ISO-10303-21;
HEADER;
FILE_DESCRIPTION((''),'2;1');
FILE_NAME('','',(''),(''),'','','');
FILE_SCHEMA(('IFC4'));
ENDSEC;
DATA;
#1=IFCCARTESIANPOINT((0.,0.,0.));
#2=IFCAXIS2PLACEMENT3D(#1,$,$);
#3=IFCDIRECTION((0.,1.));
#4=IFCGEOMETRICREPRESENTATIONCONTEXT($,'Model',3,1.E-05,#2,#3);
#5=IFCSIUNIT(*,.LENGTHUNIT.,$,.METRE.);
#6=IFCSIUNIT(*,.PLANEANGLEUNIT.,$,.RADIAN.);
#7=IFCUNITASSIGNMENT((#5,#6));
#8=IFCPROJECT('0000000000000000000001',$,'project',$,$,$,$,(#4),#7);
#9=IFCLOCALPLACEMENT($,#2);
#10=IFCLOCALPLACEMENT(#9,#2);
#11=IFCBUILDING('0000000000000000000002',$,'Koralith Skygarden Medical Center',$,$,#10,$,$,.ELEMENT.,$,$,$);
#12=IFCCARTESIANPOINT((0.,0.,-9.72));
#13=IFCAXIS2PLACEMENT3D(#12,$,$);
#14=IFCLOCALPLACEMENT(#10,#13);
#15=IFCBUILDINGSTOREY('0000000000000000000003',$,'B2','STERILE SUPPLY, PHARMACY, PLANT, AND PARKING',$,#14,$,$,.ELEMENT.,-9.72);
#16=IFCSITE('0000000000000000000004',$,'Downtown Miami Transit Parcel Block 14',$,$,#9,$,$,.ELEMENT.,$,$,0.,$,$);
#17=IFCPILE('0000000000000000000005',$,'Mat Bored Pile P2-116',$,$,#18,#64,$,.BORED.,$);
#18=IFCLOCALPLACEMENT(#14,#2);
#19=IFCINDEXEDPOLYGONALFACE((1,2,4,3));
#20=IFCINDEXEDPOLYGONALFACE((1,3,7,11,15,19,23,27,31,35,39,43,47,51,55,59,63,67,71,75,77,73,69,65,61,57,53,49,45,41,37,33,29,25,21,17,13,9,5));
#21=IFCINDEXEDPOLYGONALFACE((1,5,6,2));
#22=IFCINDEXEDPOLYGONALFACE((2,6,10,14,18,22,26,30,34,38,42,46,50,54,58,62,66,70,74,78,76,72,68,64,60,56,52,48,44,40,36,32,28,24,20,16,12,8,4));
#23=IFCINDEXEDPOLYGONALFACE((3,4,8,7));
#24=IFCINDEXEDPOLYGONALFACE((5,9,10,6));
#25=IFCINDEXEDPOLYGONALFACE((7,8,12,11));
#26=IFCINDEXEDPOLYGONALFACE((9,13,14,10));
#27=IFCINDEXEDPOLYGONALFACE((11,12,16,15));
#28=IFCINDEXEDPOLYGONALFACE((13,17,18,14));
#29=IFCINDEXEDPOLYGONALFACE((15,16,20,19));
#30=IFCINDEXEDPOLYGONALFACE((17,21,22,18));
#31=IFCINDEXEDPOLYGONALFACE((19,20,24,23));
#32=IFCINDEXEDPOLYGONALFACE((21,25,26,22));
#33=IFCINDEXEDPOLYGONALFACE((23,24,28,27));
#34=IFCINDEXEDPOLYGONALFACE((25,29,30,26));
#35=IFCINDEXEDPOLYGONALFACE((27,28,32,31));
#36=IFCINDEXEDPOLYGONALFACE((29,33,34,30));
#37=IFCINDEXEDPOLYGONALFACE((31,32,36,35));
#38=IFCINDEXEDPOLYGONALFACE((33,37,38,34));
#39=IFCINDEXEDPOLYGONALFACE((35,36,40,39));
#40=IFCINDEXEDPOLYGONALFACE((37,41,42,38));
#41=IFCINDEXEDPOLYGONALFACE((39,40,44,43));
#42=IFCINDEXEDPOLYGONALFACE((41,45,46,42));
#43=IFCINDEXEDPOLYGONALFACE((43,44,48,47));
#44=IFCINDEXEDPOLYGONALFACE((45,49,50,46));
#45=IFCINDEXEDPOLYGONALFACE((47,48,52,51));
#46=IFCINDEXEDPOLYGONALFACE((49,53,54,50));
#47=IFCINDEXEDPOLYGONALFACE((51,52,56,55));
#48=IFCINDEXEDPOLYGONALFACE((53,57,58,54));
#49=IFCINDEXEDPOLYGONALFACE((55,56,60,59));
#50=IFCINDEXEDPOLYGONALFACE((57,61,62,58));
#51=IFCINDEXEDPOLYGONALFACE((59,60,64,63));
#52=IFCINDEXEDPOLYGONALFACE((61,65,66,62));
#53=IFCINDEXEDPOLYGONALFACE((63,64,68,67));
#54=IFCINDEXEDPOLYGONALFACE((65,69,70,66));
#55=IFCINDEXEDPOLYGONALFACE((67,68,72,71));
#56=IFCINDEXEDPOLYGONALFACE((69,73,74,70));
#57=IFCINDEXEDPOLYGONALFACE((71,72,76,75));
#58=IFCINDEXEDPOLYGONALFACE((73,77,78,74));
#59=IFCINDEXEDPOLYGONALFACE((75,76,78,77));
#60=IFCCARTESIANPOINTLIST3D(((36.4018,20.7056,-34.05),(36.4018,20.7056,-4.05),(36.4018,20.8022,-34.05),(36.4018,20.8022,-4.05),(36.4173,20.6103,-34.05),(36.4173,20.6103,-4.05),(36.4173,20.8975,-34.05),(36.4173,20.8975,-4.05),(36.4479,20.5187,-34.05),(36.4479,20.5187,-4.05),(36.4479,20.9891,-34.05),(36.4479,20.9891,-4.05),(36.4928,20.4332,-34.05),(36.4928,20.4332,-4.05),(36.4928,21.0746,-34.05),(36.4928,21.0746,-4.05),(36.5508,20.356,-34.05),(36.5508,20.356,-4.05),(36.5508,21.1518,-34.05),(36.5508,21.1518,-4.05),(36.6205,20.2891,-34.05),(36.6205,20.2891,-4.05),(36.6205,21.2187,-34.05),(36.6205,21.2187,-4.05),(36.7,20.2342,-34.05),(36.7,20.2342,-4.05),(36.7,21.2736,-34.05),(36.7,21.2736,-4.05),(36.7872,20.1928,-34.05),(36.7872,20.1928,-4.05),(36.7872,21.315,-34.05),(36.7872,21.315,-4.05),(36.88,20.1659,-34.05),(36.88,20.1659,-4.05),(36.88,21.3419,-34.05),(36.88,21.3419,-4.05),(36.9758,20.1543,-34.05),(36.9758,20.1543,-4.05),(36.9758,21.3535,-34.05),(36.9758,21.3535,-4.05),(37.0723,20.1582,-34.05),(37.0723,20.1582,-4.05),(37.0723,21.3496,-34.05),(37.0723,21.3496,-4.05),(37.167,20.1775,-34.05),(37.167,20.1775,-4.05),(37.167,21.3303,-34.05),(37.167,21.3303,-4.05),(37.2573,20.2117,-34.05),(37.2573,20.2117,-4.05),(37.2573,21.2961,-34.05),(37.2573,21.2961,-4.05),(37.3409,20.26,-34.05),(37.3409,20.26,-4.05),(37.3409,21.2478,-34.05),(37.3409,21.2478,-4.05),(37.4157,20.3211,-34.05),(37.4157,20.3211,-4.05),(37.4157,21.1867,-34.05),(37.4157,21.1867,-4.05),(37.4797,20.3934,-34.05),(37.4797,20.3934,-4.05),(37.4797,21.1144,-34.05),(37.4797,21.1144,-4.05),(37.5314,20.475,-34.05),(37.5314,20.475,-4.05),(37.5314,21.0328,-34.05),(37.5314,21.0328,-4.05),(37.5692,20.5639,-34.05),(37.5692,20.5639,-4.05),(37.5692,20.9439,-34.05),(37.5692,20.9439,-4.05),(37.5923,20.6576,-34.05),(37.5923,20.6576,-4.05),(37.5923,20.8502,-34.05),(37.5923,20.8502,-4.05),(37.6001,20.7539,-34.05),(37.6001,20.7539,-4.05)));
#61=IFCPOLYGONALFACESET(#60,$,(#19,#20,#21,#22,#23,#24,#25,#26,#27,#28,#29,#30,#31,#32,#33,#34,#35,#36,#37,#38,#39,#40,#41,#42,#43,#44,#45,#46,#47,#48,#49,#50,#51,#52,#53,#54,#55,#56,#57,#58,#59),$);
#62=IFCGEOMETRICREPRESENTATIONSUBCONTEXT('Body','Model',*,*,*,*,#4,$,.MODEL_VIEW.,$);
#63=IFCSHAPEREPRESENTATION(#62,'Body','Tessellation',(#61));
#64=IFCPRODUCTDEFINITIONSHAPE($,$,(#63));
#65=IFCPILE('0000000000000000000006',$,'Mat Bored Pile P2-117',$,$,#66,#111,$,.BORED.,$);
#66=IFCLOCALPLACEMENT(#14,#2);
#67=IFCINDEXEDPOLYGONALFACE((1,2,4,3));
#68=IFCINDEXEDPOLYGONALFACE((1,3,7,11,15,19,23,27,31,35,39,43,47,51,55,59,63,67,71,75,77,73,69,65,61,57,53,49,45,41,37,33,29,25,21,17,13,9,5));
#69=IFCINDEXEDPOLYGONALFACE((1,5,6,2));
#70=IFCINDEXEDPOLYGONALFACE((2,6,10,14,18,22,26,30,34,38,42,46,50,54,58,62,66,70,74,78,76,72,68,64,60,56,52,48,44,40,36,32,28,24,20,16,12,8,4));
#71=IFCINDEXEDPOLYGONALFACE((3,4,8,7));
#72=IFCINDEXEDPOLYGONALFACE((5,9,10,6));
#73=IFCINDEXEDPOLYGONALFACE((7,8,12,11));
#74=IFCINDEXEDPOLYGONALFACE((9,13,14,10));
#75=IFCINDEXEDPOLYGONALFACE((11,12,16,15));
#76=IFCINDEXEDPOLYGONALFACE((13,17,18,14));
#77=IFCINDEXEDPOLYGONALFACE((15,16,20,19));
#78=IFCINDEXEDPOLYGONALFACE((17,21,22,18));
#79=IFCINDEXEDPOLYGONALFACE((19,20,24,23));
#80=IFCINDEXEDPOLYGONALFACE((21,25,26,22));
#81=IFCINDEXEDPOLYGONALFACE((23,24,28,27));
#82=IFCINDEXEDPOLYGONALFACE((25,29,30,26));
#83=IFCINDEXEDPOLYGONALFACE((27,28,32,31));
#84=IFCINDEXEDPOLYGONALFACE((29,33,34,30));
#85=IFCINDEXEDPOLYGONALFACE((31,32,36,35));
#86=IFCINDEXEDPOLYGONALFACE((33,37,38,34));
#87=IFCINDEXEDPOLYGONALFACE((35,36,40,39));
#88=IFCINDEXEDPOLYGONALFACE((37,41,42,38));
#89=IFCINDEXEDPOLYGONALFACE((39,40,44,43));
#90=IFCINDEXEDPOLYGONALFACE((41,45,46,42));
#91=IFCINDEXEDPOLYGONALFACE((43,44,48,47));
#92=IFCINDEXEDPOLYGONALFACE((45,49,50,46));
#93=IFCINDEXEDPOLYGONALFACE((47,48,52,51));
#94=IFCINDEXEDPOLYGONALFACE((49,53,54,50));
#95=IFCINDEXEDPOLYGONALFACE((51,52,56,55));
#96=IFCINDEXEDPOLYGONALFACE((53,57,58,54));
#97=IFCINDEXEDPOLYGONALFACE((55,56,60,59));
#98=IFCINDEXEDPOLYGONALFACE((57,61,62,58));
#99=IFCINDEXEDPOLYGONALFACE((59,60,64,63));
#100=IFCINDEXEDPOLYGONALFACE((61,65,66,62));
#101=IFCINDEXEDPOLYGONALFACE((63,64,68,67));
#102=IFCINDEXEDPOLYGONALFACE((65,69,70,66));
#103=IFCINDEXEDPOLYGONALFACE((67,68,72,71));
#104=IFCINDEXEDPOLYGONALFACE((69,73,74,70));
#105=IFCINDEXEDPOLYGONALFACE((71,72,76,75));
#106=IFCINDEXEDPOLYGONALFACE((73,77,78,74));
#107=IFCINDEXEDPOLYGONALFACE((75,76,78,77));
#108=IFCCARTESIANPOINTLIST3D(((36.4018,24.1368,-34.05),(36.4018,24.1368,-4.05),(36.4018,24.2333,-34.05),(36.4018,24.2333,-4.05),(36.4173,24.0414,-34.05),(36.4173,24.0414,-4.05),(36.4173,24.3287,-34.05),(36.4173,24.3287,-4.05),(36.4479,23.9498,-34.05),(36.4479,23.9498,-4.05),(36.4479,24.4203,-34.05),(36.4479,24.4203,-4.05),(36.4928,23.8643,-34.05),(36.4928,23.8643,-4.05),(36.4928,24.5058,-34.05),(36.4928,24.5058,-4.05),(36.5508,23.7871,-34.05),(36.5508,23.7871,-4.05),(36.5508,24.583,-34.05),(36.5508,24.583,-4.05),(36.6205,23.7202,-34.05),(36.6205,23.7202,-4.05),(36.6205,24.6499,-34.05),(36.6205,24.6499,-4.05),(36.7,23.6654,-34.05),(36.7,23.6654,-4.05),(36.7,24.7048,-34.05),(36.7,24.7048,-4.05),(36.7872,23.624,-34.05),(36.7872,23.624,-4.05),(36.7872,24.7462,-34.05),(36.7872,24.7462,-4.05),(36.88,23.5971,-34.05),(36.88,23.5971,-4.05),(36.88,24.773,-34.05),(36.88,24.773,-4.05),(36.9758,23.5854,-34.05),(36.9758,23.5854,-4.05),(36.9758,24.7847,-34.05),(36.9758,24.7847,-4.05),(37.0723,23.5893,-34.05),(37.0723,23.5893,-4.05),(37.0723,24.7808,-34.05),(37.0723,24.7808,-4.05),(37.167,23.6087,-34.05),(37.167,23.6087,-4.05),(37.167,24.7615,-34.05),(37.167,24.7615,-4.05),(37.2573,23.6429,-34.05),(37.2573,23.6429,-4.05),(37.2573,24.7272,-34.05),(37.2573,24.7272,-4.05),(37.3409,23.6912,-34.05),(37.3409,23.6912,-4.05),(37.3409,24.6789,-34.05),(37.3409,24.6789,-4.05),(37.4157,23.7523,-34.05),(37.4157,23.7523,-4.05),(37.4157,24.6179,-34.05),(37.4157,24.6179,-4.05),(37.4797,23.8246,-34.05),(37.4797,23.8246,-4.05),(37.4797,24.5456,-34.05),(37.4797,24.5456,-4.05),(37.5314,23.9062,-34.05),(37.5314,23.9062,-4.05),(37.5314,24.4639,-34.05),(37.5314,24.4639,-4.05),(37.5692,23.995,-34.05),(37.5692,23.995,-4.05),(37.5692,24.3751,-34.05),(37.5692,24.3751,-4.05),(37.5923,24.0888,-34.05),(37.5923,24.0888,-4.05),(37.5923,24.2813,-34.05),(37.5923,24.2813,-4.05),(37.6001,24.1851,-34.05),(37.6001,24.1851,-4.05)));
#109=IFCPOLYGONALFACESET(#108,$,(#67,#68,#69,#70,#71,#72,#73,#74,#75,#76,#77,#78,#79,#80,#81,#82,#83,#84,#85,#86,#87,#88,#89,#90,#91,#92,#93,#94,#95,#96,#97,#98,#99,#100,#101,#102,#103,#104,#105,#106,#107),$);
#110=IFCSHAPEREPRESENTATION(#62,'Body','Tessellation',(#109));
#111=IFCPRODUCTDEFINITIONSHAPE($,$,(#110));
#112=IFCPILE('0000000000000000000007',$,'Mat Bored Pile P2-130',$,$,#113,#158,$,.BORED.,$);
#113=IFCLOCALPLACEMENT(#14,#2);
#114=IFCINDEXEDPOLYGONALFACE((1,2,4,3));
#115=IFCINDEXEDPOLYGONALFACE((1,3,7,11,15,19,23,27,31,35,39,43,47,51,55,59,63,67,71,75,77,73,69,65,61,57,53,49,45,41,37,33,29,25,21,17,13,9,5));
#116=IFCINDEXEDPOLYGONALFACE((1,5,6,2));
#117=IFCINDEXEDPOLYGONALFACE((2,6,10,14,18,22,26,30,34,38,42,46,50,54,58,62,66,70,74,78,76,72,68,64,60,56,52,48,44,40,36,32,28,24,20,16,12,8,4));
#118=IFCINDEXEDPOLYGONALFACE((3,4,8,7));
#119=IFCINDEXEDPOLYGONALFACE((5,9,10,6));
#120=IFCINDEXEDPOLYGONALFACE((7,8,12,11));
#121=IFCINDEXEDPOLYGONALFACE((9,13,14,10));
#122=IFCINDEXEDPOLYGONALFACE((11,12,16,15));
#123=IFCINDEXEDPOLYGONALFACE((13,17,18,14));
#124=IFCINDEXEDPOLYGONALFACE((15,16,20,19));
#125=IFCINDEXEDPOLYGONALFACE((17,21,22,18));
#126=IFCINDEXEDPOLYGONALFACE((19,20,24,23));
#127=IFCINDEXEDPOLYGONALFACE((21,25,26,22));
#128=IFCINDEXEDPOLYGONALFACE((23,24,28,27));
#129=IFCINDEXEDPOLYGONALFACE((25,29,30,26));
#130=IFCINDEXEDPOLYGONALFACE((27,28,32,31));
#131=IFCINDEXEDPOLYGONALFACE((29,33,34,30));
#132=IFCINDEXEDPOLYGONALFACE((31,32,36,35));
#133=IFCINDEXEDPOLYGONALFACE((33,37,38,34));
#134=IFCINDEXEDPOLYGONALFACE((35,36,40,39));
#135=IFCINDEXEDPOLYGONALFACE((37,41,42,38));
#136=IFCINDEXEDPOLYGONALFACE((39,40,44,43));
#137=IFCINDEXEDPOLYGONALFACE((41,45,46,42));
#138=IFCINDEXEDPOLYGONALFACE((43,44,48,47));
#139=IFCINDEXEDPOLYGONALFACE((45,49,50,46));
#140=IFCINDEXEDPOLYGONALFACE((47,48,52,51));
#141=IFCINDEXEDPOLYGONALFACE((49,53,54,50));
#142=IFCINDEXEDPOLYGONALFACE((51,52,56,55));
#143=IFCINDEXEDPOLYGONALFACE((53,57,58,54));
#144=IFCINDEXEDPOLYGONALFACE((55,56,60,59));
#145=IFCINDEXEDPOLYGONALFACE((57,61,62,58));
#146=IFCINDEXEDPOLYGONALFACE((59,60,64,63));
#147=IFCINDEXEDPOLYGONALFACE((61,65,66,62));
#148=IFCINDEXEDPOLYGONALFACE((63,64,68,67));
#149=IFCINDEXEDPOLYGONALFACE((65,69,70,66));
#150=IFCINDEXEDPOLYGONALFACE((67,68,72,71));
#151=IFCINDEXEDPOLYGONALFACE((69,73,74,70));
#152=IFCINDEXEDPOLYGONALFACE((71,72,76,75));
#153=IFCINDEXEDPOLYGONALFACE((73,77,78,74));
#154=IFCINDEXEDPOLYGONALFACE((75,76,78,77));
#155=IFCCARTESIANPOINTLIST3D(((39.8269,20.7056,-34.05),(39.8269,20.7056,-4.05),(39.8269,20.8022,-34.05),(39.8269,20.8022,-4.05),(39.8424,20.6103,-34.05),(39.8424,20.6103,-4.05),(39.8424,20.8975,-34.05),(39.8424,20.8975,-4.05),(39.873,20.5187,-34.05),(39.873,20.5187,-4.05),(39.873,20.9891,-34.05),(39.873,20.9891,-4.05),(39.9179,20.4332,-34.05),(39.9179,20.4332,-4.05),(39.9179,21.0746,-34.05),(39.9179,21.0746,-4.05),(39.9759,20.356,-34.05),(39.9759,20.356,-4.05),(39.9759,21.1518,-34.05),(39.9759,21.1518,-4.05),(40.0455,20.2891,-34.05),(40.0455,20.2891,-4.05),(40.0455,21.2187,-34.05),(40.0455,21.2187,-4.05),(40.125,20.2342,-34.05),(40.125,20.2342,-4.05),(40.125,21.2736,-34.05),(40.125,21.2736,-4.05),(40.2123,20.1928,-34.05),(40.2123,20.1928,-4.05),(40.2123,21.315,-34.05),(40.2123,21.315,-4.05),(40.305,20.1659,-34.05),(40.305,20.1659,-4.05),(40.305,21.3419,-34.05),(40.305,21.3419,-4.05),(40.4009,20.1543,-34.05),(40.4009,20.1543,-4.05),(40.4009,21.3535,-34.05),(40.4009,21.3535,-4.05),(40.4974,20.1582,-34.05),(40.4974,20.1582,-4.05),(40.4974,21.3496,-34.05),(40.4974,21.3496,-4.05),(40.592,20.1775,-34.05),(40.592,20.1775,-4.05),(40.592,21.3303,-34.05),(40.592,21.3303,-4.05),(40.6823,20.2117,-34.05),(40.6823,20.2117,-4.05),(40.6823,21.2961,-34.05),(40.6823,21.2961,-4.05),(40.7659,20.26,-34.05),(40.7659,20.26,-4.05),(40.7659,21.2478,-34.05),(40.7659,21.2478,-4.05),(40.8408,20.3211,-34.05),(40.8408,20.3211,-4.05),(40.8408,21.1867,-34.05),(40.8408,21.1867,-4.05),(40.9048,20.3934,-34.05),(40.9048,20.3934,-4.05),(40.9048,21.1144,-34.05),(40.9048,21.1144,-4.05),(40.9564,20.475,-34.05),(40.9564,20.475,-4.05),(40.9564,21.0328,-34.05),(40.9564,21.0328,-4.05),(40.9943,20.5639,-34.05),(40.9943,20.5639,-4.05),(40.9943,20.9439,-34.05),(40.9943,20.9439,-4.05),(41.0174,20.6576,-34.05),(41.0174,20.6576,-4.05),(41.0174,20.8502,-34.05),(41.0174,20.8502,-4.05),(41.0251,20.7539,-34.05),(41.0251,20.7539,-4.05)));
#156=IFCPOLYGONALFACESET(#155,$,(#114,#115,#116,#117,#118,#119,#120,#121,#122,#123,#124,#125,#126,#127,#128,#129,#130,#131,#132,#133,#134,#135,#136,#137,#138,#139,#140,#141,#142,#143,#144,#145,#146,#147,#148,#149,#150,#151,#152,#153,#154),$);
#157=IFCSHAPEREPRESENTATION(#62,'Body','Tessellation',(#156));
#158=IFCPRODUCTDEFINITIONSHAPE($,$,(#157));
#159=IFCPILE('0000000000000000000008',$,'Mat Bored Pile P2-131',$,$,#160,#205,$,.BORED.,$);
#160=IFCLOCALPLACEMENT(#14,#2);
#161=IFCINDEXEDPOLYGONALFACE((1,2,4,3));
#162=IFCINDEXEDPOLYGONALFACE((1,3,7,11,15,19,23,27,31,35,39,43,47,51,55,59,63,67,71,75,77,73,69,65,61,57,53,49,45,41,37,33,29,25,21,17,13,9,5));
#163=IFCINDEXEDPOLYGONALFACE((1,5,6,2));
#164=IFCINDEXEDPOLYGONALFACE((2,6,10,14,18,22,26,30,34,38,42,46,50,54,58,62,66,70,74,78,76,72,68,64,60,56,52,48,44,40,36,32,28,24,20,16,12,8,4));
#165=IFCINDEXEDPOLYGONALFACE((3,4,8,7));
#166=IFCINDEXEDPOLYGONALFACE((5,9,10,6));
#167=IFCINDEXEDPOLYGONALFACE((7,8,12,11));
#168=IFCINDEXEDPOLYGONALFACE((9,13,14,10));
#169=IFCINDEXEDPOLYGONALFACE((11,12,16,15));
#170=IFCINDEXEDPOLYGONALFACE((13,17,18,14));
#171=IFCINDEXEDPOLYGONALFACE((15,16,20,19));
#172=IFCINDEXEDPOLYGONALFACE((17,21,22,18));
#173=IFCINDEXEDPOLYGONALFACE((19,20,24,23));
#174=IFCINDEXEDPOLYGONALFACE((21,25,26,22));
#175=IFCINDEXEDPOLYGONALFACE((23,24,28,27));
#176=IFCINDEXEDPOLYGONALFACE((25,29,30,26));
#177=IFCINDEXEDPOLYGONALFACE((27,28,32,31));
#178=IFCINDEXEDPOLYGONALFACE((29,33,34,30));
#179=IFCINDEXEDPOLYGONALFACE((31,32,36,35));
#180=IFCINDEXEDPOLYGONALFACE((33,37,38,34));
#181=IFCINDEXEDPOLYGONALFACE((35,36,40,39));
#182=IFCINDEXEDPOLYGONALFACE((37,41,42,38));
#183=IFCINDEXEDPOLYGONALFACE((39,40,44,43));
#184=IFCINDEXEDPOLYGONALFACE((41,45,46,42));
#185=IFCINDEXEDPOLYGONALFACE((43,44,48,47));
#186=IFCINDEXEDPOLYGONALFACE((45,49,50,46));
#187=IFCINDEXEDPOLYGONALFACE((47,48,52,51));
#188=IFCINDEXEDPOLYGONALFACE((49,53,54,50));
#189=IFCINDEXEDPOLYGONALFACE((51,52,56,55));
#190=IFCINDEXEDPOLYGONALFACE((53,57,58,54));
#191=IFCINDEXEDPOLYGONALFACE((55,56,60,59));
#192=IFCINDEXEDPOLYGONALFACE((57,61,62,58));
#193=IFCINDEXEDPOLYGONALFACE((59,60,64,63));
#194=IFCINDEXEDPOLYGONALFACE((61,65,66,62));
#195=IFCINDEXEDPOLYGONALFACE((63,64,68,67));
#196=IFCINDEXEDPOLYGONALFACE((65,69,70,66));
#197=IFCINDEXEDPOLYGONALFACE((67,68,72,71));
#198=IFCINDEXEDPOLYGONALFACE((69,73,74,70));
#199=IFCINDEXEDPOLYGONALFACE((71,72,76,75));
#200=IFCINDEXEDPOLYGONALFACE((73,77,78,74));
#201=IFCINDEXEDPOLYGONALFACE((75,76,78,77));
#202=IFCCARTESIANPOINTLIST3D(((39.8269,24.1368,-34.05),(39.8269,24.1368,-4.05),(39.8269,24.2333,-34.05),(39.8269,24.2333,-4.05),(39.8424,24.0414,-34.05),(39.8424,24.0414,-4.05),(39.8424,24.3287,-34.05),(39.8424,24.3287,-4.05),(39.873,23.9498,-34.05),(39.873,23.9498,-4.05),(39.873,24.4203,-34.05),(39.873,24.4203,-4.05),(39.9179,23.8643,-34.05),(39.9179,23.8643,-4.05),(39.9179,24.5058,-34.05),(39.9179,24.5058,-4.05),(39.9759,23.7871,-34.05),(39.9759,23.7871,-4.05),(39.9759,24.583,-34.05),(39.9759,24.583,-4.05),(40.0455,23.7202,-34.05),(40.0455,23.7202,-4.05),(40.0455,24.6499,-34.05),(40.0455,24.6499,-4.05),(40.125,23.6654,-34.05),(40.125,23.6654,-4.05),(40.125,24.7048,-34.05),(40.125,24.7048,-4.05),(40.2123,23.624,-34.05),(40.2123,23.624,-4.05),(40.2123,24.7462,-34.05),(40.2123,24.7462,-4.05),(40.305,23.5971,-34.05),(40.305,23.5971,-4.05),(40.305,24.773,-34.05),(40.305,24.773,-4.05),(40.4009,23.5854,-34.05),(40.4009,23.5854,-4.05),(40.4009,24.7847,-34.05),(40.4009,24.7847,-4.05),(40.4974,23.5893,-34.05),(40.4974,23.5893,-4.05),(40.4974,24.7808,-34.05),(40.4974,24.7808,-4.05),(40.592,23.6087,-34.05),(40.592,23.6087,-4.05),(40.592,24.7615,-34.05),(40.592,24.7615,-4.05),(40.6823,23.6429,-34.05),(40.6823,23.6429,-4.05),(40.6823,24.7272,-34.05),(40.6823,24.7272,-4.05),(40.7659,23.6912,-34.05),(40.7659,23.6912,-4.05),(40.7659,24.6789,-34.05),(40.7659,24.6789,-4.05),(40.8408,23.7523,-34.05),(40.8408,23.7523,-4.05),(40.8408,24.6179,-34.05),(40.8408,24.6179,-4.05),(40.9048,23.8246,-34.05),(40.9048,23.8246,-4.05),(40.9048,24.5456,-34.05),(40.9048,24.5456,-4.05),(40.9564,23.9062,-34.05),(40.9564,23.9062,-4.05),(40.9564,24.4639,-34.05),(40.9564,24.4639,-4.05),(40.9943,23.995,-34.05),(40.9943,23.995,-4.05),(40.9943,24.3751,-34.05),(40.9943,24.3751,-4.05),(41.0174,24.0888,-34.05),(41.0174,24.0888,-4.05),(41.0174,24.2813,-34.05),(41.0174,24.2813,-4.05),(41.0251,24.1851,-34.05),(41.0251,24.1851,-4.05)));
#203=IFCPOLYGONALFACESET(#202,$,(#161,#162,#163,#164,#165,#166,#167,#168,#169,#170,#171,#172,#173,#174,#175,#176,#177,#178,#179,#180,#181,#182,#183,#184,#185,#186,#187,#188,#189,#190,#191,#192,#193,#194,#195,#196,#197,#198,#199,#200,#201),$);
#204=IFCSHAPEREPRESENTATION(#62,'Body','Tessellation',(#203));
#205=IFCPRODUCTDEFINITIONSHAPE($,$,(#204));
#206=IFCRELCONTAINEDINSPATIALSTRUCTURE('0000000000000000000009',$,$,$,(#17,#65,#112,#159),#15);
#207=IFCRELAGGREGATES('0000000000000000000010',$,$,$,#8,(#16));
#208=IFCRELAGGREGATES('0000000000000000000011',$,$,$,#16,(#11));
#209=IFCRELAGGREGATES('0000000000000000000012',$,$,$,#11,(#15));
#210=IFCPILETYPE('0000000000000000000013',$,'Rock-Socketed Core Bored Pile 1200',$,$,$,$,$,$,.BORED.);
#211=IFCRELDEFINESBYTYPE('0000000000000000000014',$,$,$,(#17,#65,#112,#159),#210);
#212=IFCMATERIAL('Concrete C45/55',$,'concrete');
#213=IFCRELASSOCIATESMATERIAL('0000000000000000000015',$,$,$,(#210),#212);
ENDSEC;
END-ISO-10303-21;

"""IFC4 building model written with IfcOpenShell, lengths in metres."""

from ifc_helpers import new_model, si_unit, direction, frame, origin, origin_2d, place, context, subcontext, project, spatial, circle, extrude, material, material_profile, profile_set, type_object, element, save


model = new_model("IFC4")

# Units and contexts
model_context = context("Model", 3, precision=1e-05, world=origin(), true_north=direction((0.0, 1.0)))
body_context = subcontext(model_context, "Body", "Model", "MODEL_VIEW")
ifc_project = project(units=[si_unit("LENGTHUNIT", "METRE"), si_unit("PLANEANGLEUNIT", "RADIAN")], contexts=[model_context])

# Site, building, storey
site_placement = place(None, origin())
site = spatial("IfcSite", under=ifc_project, at=site_placement, Name="Downtown Miami Transit Parcel Block 14", CompositionType="ELEMENT", RefElevation=0.0)
building_placement = place(site_placement, origin())
building = spatial("IfcBuilding", under=site, at=building_placement, Name="Koralith Skygarden Medical Center", CompositionType="ELEMENT")
storey_placement = place(building_placement, frame((0.0, 0.0, -9.72)))
storey = spatial("IfcBuildingStorey", under=building, at=storey_placement, Name="B2", Description="STERILE SUPPLY, PHARMACY, PLANT, AND PARKING", CompositionType="ELEMENT", Elevation=-9.72)

# Piles
ifc_material_1 = material(Name="Concrete C45/55", Category="concrete")
ifc_material_profile = material_profile(ifc_material_1, circle(Radius=0.6001, at=origin_2d()), Name="PILE1200")
ifc_profile_set = profile_set([ifc_material_profile], Name="Concrete C45/55")
pile_type = type_object("IfcPileType", Name="Rock-Socketed Core Bored Pile 1200", PredefinedType="BORED", material=ifc_profile_set)
for number, where, z_axis, x_axis, name in (
    (1, (37.0, 20.7539, -4.05), (0.0, 0.0, -1.0), (1.0, 0.0, 0.0), "Mat Bored Pile P2-116"),
    (2, (37.0, 24.1851, -4.05), (0.0, 0.0, -1.0), (1.0, 0.0, 0.0), "Mat Bored Pile P2-117"),
    (3, (40.425, 20.7539, -4.05), (0.0, 0.0, -1.0), (1.0, 0.0, 0.0), "Mat Bored Pile P2-130"),
    (4, (40.425, 24.1851, -4.05), (0.0, 0.0, -1.0), (1.0, 0.0, 0.0), "Mat Bored Pile P2-131"),
):
    element("IfcPile", number, at=place(storey_placement, frame(where, z_axis=z_axis, x_axis=x_axis)), inside=storey, type_object=pile_type, Name=name, PredefinedType="BORED", context=body_context, shape_type="SweptSolid", body=[
        extrude(circle(Radius=0.6001, at=origin_2d()), origin(), (0.0, 0.0, 1.0), 30.0),
    ])

save(model, "model.ifc")
